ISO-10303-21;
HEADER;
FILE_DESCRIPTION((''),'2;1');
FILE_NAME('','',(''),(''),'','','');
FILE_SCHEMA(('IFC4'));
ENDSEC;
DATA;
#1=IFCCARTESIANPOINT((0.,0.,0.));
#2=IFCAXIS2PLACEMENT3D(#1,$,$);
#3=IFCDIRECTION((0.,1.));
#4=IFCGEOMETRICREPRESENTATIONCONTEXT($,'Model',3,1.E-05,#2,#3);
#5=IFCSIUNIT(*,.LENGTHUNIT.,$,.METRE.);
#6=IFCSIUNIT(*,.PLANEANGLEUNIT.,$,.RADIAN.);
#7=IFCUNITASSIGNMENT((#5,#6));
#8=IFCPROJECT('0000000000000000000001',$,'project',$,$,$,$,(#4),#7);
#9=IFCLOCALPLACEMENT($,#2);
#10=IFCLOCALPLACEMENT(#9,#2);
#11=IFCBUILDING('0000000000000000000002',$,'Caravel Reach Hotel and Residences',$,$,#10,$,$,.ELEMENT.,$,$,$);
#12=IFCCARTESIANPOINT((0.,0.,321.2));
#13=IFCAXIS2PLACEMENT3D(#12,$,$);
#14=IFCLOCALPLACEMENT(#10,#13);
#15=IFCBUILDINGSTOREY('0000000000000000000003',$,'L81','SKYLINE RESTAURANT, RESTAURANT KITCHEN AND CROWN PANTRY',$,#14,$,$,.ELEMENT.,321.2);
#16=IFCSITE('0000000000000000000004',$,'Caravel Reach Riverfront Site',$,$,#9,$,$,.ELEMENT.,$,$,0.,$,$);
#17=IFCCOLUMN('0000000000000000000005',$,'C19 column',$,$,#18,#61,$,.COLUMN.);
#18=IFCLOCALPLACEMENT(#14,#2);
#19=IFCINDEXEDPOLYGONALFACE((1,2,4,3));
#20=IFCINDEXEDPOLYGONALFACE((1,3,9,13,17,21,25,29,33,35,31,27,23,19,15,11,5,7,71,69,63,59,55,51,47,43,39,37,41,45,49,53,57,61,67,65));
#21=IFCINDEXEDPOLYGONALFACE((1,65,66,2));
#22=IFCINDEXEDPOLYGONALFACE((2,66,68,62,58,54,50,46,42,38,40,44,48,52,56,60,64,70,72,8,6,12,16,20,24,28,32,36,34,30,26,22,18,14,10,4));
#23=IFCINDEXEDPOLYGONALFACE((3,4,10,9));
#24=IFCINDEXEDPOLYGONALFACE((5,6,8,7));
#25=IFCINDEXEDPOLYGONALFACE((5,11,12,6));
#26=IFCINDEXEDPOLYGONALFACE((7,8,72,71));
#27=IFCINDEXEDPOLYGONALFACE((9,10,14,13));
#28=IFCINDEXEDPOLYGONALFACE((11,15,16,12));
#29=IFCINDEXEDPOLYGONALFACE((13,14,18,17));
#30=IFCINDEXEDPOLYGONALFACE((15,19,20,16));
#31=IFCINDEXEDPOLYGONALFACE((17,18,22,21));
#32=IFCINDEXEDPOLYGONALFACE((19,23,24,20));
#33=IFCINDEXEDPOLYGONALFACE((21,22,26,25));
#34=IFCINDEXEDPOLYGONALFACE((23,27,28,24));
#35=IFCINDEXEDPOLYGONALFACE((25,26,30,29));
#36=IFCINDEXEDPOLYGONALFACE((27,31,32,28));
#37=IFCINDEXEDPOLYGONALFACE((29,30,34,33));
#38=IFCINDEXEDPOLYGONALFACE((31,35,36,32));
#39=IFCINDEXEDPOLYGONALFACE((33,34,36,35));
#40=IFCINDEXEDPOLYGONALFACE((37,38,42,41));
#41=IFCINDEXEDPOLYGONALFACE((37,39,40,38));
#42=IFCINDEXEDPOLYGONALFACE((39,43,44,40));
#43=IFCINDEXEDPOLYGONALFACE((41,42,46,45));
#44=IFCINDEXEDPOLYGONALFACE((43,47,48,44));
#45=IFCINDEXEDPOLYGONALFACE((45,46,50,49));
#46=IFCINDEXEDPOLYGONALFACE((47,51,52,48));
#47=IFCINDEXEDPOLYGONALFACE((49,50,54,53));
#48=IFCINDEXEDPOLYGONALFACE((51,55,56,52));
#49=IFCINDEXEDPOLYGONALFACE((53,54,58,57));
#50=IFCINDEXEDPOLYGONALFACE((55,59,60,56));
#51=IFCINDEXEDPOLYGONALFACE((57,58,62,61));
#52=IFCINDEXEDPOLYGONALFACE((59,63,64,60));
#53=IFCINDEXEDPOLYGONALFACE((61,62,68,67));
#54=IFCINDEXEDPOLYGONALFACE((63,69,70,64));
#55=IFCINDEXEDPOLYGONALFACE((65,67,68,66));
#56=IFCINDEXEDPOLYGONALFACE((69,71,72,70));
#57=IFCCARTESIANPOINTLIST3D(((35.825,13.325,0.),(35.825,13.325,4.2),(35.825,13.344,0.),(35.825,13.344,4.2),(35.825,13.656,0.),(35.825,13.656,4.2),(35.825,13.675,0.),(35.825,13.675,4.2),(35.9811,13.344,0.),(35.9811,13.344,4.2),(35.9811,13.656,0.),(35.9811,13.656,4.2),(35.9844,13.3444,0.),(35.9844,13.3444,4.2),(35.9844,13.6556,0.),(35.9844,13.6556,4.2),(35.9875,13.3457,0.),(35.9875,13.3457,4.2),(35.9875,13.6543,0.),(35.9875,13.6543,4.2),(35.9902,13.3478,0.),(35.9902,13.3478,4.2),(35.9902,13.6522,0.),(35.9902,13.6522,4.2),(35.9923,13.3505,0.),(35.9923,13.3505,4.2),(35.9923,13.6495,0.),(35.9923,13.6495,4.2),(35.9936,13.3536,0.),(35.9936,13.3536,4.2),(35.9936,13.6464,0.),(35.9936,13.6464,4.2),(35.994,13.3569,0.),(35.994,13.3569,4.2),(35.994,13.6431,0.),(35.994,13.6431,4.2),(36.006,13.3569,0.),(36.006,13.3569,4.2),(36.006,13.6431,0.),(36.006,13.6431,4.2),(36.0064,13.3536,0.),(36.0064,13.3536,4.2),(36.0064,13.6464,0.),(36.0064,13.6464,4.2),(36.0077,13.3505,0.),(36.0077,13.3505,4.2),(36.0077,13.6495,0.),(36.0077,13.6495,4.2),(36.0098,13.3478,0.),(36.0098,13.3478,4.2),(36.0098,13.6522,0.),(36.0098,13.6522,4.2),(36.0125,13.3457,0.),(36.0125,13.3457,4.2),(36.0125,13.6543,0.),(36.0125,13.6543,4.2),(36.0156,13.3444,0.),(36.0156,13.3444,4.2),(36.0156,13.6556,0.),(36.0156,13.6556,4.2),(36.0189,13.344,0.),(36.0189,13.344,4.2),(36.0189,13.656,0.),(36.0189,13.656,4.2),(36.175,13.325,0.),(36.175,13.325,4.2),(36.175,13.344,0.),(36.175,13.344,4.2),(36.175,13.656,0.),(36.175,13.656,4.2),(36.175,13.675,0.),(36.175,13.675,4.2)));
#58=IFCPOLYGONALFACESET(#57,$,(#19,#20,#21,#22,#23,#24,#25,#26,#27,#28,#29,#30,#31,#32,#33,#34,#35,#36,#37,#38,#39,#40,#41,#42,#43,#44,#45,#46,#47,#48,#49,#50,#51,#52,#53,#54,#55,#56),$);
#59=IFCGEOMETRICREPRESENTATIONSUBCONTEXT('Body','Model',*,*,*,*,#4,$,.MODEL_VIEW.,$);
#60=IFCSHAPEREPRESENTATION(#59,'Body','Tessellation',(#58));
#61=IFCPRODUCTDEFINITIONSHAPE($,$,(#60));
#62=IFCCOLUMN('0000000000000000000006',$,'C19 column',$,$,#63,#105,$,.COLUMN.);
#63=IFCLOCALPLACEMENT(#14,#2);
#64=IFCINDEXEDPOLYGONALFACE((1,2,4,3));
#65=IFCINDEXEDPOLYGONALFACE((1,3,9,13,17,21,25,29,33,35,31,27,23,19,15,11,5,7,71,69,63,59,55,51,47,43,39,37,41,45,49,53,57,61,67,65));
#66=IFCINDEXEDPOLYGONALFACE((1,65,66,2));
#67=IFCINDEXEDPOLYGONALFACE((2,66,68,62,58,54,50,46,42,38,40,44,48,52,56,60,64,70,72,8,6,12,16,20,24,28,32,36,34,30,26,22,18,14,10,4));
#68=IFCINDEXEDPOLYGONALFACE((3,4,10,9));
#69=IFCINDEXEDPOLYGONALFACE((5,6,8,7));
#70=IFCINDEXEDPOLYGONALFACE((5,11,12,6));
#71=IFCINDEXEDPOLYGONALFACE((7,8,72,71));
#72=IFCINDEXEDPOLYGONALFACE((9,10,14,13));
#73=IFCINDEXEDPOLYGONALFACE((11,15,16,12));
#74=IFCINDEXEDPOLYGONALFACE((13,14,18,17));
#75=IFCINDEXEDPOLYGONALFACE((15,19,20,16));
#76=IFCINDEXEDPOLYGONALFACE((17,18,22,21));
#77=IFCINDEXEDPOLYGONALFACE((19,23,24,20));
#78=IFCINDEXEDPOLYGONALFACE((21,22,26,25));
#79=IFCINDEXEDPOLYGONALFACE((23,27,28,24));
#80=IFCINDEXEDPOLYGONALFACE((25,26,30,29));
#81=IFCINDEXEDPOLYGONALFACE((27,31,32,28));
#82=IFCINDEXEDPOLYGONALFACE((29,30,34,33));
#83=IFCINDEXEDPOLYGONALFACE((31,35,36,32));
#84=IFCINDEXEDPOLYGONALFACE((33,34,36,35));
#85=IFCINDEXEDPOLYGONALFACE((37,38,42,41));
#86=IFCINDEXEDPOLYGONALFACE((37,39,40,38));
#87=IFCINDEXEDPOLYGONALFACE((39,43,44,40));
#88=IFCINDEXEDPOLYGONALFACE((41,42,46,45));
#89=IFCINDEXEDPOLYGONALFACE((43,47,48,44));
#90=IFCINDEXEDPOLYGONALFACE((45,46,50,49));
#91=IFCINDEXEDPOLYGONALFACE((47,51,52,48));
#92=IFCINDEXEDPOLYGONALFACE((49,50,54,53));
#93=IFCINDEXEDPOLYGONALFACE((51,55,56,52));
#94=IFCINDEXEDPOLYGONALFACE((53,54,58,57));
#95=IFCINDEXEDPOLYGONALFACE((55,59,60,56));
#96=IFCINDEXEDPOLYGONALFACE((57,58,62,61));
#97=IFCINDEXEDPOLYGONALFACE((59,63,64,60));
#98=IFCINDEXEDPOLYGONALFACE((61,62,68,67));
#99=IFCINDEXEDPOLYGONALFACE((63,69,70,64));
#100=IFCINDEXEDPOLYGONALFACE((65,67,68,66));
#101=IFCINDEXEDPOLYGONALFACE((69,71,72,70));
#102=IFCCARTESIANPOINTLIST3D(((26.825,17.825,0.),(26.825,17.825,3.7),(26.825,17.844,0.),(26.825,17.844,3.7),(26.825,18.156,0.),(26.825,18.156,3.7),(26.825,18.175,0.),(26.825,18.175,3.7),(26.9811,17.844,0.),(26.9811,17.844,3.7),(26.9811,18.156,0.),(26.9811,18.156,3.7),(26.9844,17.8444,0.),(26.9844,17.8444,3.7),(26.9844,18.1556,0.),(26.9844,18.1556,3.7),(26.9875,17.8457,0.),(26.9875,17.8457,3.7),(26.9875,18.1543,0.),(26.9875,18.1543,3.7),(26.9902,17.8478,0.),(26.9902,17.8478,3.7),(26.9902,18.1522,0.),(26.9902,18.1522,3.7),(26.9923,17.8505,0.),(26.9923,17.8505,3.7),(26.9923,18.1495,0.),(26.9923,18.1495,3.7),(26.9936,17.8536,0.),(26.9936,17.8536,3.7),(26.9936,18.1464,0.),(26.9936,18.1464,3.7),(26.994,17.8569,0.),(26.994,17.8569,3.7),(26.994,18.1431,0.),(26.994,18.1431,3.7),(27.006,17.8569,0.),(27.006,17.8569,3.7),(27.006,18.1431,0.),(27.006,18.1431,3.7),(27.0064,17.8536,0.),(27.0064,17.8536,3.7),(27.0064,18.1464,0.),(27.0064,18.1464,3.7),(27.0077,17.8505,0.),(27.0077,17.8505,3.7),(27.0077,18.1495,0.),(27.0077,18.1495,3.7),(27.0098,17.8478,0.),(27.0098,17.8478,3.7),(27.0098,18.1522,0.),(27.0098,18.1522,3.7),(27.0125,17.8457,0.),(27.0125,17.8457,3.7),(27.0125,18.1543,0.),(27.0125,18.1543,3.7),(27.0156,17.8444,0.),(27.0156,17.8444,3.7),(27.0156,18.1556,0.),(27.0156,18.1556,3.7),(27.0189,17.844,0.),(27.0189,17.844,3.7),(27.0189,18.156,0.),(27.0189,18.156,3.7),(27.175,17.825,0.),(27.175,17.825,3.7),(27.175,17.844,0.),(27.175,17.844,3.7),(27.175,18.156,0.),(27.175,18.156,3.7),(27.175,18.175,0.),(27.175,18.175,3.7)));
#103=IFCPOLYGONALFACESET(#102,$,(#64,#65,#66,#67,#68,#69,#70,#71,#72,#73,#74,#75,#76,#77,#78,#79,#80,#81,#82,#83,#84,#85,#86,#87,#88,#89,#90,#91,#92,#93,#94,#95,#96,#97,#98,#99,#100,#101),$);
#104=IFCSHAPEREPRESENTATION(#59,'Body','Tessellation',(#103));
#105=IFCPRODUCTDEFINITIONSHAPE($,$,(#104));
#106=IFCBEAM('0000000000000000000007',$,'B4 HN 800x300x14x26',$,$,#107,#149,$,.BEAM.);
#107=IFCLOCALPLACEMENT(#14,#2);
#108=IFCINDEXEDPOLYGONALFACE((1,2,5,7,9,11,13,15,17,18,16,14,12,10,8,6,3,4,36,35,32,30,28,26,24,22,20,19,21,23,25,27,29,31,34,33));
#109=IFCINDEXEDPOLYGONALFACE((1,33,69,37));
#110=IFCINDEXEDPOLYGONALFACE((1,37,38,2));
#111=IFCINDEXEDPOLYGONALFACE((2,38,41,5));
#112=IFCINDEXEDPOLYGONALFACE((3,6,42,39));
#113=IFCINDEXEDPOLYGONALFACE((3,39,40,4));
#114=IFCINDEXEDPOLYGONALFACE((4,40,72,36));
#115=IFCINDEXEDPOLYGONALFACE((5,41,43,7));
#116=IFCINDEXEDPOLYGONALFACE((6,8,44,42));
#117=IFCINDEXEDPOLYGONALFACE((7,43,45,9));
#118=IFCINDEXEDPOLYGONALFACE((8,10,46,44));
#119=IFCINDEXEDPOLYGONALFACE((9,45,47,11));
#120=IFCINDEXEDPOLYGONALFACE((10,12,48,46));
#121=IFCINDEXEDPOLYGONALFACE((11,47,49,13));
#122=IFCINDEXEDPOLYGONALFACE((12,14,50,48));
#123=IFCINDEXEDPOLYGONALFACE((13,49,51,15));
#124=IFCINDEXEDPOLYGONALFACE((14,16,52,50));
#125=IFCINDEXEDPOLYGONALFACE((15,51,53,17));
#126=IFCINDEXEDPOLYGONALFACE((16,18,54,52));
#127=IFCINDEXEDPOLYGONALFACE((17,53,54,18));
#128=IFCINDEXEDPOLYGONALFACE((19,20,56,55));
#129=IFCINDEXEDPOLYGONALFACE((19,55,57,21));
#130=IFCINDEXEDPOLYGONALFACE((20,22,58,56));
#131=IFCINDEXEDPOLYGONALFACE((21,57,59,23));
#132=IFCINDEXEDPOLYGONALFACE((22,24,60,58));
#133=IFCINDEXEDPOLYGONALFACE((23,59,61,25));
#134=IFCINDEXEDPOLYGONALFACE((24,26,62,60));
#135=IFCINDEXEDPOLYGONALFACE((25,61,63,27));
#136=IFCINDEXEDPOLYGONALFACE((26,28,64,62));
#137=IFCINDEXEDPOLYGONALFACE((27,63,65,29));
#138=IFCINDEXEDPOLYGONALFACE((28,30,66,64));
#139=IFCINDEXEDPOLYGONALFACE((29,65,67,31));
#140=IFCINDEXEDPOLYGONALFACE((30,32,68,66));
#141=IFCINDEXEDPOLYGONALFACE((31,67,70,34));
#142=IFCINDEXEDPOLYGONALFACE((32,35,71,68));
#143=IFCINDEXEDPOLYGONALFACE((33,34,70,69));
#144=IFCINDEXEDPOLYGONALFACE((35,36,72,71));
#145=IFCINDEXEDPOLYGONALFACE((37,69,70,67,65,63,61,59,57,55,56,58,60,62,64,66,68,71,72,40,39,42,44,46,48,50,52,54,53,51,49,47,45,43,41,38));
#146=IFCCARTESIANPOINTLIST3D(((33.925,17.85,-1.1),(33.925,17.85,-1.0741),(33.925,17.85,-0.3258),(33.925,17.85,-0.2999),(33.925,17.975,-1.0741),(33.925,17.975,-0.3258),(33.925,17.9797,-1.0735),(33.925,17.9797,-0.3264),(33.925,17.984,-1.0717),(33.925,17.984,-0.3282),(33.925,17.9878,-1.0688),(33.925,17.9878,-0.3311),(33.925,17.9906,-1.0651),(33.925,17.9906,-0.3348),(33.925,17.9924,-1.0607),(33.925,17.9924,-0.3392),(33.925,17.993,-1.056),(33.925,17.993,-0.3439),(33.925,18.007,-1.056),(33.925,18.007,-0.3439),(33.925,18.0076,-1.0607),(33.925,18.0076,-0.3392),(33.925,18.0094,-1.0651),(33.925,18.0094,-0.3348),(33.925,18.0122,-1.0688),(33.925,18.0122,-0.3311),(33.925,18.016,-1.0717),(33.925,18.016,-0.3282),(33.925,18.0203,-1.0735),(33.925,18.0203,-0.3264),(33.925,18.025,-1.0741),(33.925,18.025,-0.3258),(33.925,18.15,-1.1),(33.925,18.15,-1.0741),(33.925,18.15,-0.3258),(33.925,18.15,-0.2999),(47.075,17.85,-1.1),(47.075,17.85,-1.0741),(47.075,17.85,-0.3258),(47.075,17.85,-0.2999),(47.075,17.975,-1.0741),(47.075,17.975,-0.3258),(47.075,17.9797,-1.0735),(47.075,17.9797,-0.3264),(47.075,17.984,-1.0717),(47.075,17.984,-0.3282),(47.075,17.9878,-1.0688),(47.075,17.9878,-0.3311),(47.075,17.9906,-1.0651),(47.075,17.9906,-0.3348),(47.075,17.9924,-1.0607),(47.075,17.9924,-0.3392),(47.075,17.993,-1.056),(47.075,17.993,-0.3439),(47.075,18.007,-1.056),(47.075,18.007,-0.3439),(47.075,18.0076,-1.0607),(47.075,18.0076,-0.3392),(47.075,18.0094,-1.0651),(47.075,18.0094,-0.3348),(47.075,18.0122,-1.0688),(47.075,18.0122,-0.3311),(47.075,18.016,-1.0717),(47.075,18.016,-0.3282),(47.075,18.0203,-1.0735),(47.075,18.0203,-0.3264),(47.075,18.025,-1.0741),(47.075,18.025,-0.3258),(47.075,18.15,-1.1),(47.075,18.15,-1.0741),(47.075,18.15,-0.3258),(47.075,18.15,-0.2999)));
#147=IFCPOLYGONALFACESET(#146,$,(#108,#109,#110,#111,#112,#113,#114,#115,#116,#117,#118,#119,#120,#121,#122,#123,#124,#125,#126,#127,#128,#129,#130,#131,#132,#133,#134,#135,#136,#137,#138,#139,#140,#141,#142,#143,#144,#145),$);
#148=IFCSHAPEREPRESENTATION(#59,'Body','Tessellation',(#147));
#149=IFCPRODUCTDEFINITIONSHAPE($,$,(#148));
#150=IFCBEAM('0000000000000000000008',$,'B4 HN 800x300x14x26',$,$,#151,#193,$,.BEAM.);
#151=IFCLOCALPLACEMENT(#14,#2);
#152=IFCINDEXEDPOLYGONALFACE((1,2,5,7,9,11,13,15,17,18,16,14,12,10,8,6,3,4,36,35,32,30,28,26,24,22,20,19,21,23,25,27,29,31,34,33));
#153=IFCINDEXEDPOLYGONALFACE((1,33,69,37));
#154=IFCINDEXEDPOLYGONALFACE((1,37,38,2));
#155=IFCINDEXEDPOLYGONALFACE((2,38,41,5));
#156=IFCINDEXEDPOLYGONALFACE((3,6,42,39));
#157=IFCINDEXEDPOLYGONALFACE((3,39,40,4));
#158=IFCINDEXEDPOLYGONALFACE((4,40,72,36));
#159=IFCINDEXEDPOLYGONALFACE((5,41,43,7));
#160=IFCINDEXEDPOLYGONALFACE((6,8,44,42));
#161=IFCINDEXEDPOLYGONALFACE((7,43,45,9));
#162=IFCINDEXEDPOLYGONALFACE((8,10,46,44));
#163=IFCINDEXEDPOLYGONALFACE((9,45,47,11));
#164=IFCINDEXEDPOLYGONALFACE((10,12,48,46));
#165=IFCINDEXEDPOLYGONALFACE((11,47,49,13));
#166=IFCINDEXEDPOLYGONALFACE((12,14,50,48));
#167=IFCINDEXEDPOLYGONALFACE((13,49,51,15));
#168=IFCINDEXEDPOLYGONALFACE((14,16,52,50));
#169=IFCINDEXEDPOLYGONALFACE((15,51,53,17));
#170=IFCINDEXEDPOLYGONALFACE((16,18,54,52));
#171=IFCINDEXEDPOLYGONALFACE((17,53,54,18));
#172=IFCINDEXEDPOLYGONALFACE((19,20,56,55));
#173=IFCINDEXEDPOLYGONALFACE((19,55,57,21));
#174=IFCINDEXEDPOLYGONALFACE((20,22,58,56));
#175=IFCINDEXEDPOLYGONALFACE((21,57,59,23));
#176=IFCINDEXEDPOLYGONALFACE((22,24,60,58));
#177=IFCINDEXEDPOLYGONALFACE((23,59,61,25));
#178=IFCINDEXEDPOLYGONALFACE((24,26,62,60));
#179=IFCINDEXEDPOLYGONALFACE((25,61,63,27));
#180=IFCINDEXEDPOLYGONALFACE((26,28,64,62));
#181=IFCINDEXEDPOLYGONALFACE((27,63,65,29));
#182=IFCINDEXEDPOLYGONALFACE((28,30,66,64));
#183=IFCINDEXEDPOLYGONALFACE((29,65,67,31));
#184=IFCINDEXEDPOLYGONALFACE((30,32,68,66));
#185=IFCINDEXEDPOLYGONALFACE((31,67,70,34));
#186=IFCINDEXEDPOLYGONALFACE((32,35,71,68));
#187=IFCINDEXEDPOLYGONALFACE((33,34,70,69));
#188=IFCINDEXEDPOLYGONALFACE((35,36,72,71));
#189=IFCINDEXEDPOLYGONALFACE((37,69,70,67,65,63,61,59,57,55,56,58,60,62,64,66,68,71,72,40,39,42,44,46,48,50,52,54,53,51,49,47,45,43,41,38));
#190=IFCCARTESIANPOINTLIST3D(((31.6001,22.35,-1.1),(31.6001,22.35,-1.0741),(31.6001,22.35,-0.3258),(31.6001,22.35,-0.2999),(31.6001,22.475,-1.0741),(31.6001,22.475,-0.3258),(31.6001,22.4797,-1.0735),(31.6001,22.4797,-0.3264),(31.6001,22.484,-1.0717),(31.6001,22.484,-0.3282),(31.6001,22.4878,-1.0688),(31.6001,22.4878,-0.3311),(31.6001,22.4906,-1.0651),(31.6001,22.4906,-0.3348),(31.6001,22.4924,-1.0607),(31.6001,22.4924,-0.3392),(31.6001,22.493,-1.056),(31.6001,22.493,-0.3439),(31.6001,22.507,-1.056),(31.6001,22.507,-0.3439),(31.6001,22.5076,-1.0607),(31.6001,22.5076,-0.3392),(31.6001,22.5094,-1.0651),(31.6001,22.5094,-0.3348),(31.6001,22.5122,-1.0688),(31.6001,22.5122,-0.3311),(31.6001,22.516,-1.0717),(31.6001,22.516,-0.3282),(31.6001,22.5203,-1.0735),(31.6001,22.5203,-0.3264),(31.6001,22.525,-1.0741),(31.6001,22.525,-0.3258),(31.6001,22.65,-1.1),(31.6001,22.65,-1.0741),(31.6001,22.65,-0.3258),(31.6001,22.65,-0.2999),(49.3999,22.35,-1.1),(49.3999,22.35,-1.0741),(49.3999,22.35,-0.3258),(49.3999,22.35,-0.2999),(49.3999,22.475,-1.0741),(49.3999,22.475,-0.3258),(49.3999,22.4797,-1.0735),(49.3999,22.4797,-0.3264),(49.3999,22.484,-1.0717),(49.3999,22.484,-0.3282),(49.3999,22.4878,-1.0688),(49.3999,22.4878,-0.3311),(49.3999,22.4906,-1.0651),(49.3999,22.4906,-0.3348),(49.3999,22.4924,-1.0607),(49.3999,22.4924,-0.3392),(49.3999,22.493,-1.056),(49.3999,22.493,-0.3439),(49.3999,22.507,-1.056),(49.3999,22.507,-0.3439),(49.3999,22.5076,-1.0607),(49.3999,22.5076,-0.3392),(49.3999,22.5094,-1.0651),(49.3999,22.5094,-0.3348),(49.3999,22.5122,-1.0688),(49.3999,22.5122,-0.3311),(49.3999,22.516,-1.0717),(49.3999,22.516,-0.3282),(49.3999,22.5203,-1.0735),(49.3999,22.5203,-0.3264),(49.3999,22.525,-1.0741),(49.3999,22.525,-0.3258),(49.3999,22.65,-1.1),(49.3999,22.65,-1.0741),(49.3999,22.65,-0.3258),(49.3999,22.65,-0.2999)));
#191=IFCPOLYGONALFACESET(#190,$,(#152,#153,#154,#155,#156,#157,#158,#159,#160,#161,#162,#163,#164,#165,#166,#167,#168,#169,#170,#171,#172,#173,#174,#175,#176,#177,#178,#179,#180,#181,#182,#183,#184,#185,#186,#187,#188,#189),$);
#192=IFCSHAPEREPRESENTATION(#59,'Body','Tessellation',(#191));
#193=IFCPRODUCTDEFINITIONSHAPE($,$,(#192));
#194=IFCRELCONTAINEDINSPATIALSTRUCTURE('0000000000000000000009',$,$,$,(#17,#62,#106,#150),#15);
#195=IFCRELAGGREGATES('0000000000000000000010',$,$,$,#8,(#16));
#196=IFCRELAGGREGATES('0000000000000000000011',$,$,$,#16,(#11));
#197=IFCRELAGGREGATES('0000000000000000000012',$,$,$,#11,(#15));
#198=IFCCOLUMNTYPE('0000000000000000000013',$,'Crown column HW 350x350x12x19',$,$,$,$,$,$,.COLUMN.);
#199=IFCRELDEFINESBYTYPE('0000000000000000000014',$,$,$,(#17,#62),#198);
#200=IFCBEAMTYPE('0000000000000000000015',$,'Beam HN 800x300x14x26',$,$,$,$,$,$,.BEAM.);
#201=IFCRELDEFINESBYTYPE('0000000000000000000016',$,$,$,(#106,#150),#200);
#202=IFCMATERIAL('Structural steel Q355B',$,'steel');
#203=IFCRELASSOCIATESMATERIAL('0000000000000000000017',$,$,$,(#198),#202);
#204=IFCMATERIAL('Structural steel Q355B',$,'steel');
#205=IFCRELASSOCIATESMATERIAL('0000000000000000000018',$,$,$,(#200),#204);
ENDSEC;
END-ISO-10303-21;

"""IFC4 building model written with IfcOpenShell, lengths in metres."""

from ifc_helpers import new_model, si_unit, direction, frame, origin, origin_2d, place, context, subcontext, project, spatial, i_section, extrude, material, material_profile, profile_set, type_object, element, save


model = new_model("IFC4")

# Units and contexts
model_context = context("Model", 3, precision=1e-05, world=origin(), true_north=direction((0.0, 1.0)))
body_context = subcontext(model_context, "Body", "Model", "MODEL_VIEW")
ifc_project = project(units=[si_unit("LENGTHUNIT", "METRE"), si_unit("PLANEANGLEUNIT", "RADIAN")], contexts=[model_context])

# Site, building, storey
site_placement = place(None, origin())
site = spatial("IfcSite", under=ifc_project, at=site_placement, Name="Caravel Reach Riverfront Site", CompositionType="ELEMENT", RefElevation=0.0)
building_placement = place(site_placement, origin())
building = spatial("IfcBuilding", under=site, at=building_placement, Name="Caravel Reach Hotel and Residences", CompositionType="ELEMENT")
storey_placement = place(building_placement, frame((0.0, 0.0, 321.2)))
storey = spatial("IfcBuildingStorey", under=building, at=storey_placement, Name="L81", Description="SKYLINE RESTAURANT, RESTAURANT KITCHEN AND CROWN PANTRY", CompositionType="ELEMENT", Elevation=321.2)

# Columns
ifc_material_1 = material(Name="Structural steel Q355B", Category="steel")
ifc_material_profile_1 = material_profile(ifc_material_1, i_section(OverallWidth=0.3501, OverallDepth=0.3501, WebThickness=0.012, FlangeThickness=0.019, FilletRadius=0.0129, at=origin_2d()), Name="HW 350x350x12x19")
ifc_profile_set_1 = profile_set([ifc_material_profile_1], Name="Structural steel Q355B")
column_type = type_object("IfcColumnType", Name="Crown column HW 350x350x12x19", PredefinedType="COLUMN", material=ifc_profile_set_1)
for number, where, z_axis, x_axis, name in (
    (1, (36.0, 13.5, 0.0), (0.0, 0.0, 1.0), (1.0, 0.0, 0.0), "C19 column"),
):
    element("IfcColumn", number, at=place(storey_placement, frame(where, z_axis=z_axis, x_axis=x_axis)), inside=storey, type_object=column_type, Name=name, PredefinedType="COLUMN", context=body_context, shape_type="SweptSolid", body=[
        extrude(i_section(OverallWidth=0.3501, OverallDepth=0.3501, WebThickness=0.012, FlangeThickness=0.019, FilletRadius=0.0129, at=origin_2d()), origin(), (0.0, 0.0, 1.0), 4.2),
    ])
column_placement = place(storey_placement, frame((27.0, 18.0, 0.0), z_axis=(0.0, 0.0, 1.0), x_axis=(1.0, 0.0, 0.0)))
element("IfcColumn", 2, at=column_placement, inside=storey, type_object=column_type, Name="C19 column", PredefinedType="COLUMN", context=body_context, shape_type="SweptSolid", body=[
    extrude(i_section(OverallWidth=0.3501, OverallDepth=0.3501, WebThickness=0.012, FlangeThickness=0.019, FilletRadius=0.0129, at=origin_2d()), origin(), (0.0, 0.0, 1.0), 3.7),
])

# Beams
ifc_material_2 = material(Name="Structural steel Q355B", Category="steel")
ifc_material_profile_2 = material_profile(ifc_material_2, i_section(OverallWidth=0.3, OverallDepth=0.8, WebThickness=0.0139, FlangeThickness=0.0259, FilletRadius=0.0181, at=origin_2d()), Name="HN 800x300x14x26")
ifc_profile_set_2 = profile_set([ifc_material_profile_2], Name="Structural steel Q355B")
beam_type_1 = type_object("IfcBeamType", Name="Beam HN 800x300x14x26", PredefinedType="BEAM", material=ifc_profile_set_2)
beam_1_placement = place(storey_placement, frame((33.925, 18.0, -0.7), z_axis=(1.0, 0.0, 0.0), x_axis=(0.0, 1.0, 0.0)))
element("IfcBeam", 3, at=beam_1_placement, inside=storey, type_object=beam_type_1, Name="B4 HN 800x300x14x26", PredefinedType="BEAM", context=body_context, shape_type="SweptSolid", body=[
    extrude(i_section(OverallWidth=0.3, OverallDepth=0.8, WebThickness=0.0139, FlangeThickness=0.0259, FilletRadius=0.0181, at=origin_2d()), origin(), (0.0, 0.0, 1.0), 13.1499),
])
beam_2_placement = place(storey_placement, frame((31.6001, 22.5, -0.7), z_axis=(1.0, 0.0, 0.0), x_axis=(0.0, 1.0, 0.0)))
element("IfcBeam", 4, at=beam_2_placement, inside=storey, type_object=beam_type_1, Name="B4 HN 800x300x14x26", PredefinedType="BEAM", context=body_context, shape_type="SweptSolid", body=[
    extrude(i_section(OverallWidth=0.3, OverallDepth=0.8, WebThickness=0.0139, FlangeThickness=0.0259, FilletRadius=0.0181, at=origin_2d()), origin(), (0.0, 0.0, 1.0), 17.7998),
])

save(model, "model.ifc")
